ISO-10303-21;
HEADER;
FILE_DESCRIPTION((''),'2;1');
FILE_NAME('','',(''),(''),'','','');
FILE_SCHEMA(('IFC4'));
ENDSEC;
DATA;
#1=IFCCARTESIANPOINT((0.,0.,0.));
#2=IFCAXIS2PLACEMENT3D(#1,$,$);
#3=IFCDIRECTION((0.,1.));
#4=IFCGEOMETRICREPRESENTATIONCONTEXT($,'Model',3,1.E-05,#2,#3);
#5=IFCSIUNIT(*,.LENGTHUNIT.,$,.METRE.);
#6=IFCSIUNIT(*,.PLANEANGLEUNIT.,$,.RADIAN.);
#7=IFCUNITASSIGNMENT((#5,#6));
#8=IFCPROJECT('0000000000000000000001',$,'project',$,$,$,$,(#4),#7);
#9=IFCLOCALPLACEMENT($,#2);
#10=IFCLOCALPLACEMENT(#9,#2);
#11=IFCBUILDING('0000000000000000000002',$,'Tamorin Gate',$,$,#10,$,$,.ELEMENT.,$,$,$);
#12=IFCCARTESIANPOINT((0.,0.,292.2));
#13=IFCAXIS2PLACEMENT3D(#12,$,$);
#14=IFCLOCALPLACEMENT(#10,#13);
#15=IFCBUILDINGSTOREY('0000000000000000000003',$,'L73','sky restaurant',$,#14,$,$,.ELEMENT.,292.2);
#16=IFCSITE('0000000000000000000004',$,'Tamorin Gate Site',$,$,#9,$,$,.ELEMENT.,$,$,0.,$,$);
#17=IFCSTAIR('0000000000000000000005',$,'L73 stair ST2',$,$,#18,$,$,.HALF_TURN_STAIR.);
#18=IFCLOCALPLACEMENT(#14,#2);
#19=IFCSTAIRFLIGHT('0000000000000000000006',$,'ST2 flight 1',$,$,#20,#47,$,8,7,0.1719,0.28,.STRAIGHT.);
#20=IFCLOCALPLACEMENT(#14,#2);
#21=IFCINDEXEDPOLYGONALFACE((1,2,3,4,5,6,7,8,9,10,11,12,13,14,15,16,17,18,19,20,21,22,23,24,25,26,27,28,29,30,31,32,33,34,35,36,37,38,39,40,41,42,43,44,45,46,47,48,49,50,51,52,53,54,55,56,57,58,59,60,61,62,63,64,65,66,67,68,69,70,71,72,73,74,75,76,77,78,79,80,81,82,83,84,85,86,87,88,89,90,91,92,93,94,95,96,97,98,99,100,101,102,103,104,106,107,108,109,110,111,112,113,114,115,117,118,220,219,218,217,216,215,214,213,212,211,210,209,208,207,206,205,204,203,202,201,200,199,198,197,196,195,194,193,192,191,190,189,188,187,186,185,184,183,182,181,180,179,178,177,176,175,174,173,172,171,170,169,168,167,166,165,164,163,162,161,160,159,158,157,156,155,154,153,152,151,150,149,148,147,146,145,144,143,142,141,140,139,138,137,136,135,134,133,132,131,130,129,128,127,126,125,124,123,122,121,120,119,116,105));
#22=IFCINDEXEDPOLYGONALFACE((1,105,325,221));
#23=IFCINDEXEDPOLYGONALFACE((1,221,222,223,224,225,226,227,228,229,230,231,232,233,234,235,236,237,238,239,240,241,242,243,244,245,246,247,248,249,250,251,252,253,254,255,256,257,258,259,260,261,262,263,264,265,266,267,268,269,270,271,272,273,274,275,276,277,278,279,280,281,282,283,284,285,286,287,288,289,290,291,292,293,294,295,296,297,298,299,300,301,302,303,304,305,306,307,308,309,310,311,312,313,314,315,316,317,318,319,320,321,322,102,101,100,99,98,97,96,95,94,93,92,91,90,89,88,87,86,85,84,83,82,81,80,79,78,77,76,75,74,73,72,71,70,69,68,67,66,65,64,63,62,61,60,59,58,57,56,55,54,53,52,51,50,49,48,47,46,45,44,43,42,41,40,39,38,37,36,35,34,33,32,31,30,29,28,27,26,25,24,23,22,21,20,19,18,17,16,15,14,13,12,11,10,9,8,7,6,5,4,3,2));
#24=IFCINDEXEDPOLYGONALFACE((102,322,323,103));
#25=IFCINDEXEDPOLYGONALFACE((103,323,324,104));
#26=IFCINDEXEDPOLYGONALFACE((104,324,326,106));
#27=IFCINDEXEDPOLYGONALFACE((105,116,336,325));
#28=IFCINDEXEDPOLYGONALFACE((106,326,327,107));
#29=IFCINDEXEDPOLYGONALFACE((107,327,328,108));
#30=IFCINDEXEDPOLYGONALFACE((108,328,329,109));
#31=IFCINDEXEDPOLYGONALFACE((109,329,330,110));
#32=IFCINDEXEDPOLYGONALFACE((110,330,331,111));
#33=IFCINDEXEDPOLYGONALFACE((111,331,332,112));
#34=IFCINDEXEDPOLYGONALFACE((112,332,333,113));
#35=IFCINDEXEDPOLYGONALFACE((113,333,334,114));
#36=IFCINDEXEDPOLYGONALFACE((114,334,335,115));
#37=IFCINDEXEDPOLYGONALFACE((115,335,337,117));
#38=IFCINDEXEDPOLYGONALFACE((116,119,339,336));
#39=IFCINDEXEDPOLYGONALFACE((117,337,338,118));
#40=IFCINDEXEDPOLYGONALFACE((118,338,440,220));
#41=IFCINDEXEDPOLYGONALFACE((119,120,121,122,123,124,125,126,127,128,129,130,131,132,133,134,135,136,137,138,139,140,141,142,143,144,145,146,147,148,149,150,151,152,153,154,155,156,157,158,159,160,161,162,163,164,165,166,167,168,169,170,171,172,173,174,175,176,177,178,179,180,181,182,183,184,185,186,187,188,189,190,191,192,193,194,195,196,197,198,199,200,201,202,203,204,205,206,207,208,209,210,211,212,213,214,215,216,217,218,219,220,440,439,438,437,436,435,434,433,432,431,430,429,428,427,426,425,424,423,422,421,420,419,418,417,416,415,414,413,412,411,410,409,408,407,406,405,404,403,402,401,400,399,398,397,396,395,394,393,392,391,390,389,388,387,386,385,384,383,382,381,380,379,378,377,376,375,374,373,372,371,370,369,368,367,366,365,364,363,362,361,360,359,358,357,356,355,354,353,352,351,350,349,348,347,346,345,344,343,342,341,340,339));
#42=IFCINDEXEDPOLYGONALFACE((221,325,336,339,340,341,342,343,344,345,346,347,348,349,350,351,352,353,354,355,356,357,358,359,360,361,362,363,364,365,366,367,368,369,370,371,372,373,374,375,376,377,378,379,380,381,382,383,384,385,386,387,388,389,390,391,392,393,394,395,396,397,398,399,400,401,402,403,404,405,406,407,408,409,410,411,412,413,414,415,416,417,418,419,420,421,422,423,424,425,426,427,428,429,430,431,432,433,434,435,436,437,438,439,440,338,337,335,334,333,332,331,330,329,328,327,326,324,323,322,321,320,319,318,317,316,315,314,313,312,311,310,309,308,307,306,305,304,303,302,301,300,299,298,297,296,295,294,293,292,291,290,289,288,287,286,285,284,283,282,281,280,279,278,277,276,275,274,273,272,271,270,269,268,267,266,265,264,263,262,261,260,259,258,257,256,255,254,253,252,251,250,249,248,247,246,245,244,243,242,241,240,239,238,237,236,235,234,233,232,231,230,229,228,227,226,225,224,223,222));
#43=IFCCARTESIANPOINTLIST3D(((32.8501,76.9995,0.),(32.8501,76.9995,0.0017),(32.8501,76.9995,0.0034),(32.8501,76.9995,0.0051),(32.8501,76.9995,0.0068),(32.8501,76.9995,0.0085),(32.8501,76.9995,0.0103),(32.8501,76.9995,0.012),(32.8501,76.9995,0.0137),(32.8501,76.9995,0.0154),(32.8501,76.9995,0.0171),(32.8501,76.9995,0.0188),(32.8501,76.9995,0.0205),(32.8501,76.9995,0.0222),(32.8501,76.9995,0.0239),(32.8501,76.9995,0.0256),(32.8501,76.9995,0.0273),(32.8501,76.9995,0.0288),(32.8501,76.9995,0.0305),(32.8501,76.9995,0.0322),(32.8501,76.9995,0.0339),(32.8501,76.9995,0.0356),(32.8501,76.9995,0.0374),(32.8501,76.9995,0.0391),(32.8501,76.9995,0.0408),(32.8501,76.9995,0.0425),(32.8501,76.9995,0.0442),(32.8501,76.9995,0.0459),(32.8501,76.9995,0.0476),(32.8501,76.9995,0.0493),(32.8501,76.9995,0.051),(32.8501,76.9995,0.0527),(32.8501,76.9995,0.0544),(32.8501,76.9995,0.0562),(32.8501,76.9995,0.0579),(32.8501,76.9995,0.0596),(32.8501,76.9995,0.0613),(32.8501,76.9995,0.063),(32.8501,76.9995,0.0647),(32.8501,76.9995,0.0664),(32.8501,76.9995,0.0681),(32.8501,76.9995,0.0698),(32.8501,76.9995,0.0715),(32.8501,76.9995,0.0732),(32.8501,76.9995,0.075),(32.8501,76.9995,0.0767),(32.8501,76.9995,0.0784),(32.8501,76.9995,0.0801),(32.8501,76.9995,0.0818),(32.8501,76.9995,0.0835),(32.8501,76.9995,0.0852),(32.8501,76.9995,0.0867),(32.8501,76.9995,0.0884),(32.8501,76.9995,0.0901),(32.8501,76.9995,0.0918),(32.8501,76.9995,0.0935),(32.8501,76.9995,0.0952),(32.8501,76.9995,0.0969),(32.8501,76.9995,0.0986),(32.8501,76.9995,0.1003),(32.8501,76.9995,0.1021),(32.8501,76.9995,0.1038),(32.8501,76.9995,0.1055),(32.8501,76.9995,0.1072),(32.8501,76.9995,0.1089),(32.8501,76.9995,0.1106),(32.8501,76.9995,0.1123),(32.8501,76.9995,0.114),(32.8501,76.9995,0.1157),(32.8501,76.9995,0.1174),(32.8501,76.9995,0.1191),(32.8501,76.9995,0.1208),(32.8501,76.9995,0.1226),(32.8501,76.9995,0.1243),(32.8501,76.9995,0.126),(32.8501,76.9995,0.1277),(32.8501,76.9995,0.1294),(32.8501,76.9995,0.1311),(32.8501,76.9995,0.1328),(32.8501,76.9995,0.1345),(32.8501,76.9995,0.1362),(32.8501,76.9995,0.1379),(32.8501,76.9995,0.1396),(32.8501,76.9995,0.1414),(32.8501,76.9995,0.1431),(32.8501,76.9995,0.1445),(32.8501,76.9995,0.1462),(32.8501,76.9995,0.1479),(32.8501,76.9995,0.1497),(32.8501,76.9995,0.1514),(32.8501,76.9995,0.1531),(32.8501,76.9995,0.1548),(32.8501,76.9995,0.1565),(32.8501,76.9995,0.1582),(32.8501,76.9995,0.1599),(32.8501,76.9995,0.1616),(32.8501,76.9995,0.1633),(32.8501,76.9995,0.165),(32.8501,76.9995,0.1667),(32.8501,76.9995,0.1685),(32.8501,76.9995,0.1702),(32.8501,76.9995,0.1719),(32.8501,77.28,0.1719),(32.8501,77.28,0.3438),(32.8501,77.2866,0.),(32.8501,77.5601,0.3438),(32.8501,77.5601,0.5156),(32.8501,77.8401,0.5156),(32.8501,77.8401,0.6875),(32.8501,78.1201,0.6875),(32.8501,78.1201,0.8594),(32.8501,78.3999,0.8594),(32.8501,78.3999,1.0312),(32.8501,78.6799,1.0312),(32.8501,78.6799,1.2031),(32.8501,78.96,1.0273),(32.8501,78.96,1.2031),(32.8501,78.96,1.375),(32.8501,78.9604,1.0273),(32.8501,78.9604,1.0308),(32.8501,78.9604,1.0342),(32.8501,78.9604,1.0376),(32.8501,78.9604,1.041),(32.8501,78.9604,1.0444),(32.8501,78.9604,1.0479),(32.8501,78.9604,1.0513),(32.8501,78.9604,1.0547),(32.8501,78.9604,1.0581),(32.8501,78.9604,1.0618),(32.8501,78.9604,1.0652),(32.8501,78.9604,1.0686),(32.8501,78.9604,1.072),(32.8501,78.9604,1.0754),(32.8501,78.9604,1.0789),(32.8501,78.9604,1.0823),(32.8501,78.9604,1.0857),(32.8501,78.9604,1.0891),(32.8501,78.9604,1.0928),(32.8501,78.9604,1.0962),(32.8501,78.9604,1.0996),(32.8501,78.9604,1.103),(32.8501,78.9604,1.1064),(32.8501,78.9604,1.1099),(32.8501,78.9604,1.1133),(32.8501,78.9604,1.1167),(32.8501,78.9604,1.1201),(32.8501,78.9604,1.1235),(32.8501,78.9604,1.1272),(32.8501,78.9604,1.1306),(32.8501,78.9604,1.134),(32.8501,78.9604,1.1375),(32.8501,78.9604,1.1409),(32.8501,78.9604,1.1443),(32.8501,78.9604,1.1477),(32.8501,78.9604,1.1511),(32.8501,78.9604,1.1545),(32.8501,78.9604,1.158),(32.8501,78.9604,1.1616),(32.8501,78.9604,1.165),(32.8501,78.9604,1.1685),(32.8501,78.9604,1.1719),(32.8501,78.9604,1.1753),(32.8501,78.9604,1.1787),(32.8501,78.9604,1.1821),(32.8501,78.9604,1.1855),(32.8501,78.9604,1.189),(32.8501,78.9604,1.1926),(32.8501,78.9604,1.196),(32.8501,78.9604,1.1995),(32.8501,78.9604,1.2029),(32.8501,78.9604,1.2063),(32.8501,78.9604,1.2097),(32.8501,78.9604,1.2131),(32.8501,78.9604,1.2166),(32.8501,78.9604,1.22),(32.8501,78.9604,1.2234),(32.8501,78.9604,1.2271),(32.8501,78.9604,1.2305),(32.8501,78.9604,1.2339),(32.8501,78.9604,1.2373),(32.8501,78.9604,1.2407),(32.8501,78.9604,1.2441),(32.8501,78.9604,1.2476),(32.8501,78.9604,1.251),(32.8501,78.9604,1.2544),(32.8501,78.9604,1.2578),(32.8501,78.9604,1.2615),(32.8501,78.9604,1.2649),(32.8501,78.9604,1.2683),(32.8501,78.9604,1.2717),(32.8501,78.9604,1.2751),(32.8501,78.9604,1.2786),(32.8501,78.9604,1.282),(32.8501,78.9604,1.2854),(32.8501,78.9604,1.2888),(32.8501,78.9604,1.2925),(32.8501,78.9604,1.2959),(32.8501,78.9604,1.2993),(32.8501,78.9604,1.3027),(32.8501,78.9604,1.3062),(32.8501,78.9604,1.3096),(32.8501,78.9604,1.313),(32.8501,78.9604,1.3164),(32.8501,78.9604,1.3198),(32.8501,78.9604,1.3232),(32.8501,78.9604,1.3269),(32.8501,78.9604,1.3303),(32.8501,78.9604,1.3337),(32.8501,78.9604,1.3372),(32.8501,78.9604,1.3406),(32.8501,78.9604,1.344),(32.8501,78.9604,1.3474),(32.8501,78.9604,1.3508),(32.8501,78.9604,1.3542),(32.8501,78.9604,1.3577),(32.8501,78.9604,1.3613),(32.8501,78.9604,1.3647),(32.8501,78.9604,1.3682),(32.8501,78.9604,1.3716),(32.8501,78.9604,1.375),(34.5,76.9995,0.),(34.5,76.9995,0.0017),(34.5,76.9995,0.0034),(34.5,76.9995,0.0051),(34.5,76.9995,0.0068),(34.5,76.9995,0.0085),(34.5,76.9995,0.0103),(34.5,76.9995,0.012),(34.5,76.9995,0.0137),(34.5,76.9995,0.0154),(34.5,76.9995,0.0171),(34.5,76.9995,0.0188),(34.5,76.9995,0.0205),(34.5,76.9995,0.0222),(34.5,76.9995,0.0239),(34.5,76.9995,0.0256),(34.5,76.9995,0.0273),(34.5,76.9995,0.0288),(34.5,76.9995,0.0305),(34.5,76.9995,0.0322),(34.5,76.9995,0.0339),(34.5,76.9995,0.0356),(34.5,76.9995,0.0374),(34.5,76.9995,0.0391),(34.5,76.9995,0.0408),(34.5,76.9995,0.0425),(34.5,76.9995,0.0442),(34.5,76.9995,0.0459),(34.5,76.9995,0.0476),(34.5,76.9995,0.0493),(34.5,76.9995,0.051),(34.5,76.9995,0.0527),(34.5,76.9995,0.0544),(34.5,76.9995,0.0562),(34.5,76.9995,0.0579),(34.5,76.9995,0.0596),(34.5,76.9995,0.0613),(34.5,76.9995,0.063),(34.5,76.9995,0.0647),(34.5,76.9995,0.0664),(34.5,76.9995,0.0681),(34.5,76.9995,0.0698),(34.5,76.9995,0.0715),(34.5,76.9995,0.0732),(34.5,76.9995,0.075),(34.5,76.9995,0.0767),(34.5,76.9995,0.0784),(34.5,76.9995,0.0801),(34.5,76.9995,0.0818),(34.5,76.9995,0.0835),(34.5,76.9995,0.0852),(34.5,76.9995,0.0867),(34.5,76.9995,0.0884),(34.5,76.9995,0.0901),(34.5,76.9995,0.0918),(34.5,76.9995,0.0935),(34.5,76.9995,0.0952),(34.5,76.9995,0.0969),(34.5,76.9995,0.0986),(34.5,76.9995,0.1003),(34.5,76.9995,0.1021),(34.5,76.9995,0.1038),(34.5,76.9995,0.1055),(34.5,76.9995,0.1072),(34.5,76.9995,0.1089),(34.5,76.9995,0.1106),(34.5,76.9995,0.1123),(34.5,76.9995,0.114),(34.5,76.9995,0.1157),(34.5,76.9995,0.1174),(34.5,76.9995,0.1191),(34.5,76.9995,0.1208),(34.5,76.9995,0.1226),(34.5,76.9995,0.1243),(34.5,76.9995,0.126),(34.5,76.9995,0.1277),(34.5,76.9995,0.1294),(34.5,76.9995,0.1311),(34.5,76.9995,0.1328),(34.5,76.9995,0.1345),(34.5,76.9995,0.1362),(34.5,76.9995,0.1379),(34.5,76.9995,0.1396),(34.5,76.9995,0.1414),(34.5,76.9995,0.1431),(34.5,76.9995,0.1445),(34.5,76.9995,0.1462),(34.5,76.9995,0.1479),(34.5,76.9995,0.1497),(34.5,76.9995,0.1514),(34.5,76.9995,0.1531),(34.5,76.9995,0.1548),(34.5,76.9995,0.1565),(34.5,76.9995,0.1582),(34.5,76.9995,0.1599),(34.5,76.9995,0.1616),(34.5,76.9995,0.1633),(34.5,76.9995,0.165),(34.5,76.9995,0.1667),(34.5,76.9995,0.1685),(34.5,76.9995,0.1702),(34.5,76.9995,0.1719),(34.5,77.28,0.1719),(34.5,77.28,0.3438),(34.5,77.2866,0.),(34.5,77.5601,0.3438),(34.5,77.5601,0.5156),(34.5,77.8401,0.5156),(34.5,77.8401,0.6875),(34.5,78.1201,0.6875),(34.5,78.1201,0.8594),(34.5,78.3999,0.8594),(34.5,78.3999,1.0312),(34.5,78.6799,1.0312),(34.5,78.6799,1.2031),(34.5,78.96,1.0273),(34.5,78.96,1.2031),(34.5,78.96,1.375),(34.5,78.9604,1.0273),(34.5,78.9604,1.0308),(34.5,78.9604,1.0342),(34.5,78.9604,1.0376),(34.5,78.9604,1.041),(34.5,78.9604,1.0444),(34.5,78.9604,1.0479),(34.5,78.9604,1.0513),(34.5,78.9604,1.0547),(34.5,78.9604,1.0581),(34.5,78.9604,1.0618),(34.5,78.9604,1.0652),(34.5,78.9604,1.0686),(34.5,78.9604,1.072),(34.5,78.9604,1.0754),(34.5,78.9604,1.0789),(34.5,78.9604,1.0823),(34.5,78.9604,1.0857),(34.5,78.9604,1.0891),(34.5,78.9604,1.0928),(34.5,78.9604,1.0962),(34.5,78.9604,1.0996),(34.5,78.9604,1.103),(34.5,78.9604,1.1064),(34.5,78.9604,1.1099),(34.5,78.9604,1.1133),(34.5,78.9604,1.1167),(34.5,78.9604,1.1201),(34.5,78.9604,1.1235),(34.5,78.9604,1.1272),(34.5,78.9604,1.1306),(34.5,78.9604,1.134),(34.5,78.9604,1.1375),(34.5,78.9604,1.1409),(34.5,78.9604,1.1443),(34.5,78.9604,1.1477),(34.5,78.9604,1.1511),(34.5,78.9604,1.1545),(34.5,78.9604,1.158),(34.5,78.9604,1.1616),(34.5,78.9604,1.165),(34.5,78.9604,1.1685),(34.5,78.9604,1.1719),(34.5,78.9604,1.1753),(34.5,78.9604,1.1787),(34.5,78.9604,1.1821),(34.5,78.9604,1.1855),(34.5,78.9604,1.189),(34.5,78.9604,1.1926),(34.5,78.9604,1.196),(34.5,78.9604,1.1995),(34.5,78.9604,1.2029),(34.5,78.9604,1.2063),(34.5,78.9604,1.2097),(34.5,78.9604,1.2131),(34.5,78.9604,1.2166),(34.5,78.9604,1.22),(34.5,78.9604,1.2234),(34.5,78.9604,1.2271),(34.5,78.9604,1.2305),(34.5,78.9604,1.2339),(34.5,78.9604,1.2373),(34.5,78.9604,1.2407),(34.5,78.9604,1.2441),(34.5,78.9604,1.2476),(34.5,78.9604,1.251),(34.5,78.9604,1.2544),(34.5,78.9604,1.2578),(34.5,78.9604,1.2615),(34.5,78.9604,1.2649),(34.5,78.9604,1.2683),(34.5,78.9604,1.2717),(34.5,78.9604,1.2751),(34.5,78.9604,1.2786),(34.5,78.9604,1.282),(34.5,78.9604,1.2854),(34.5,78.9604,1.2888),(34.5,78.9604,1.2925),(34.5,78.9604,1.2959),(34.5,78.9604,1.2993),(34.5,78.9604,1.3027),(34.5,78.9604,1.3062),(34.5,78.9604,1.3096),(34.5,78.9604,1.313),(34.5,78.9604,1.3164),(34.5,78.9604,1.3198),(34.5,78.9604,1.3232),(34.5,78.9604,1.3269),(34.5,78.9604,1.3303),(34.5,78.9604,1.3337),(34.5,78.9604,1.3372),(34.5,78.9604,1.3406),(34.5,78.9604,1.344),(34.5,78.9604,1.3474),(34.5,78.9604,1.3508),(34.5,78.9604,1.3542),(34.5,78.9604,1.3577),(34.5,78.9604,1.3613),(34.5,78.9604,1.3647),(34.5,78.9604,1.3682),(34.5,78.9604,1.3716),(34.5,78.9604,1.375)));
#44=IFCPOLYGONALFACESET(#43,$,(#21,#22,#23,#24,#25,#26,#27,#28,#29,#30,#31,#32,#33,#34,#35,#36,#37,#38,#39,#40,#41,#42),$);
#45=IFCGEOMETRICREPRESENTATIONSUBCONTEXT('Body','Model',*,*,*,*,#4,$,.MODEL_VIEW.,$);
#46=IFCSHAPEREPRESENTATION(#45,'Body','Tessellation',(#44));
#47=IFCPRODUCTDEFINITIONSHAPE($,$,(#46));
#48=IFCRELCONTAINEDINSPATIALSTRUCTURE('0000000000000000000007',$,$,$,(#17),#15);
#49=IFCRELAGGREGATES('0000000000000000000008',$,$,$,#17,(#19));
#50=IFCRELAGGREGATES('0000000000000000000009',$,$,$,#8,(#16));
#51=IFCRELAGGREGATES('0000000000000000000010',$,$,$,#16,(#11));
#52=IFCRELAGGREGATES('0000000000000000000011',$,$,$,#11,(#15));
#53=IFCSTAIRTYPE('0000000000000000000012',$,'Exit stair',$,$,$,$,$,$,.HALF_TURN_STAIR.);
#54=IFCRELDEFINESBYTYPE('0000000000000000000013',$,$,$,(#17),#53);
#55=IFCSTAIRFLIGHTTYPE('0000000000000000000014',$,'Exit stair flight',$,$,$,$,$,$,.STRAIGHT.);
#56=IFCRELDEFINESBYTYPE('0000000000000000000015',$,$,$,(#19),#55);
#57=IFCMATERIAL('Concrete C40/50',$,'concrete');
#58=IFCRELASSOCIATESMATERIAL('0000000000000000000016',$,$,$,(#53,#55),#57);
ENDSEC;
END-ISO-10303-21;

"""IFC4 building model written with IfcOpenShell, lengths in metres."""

from ifc_helpers import new_model, si_unit, direction, frame, origin, place, context, subcontext, project, spatial, polyline, outline, extrude, material, type_object, element, aggregate, save


model = new_model("IFC4")

# Units and contexts
model_context = context("Model", 3, precision=1e-05, world=origin(), true_north=direction((0.0, 1.0)))
body_context = subcontext(model_context, "Body", "Model", "MODEL_VIEW")
ifc_project = project(units=[si_unit("LENGTHUNIT", "METRE"), si_unit("PLANEANGLEUNIT", "RADIAN")], contexts=[model_context])

# Site, building, storey
site_placement = place(None, origin())
site = spatial("IfcSite", under=ifc_project, at=site_placement, Name="Tamorin Gate Site", CompositionType="ELEMENT", RefElevation=0.0)
building_placement = place(site_placement, origin())
building = spatial("IfcBuilding", under=site, at=building_placement, Name="Tamorin Gate", CompositionType="ELEMENT")
storey_placement = place(building_placement, frame((0.0, 0.0, 292.2)))
storey = spatial("IfcBuildingStorey", under=building, at=storey_placement, Name="L73", Description="sky restaurant", CompositionType="ELEMENT", Elevation=292.2)

# Shared definitions
ifc_material_1 = material(Name="Concrete C40/50", Category="concrete")

# Stair, stair flight
stair_type = type_object("IfcStairType", Name="Exit stair", PredefinedType="HALF_TURN_STAIR", material=ifc_material_1)
stair_placement = place(storey_placement, origin())
stair = element("IfcStair", 1, at=stair_placement, inside=storey, type_object=stair_type, Name="L73 stair ST2", PredefinedType="HALF_TURN_STAIR")
stair_flight_type = type_object("IfcStairFlightType", Name="Exit stair flight", PredefinedType="STRAIGHT", material=ifc_material_1)
stair_flight_1_placement = place(storey_placement, frame((33.675, 77.0, 0.0), z_axis=(0.0, 0.0, 1.0), x_axis=(0.0, 1.0, 0.0)))
stair_flight_1 = element("IfcStairFlight", 2, at=stair_flight_1_placement, type_object=stair_flight_type, Name="ST2 flight 1", NumberOfRisers=8, NumberOfTreads=7, PredefinedType="STRAIGHT", RiserHeight=0.1719, TreadLength=0.28, context=body_context, shape_type="SweptSolid", body=[
    extrude(outline(polyline([(-0.0005, 0.0), (-0.0005, 0.0017), (-0.0005, 0.0034), (-0.0005, 0.0051), (-0.0005, 0.0068), (-0.0005, 0.0085), (-0.0005, 0.0103), (-0.0005, 0.012), (-0.0005, 0.0137), (-0.0005, 0.0154), (-0.0005, 0.0171), (-0.0005, 0.0188), (-0.0005, 0.0205), (-0.0005, 0.0222), (-0.0005, 0.0239), (-0.0005, 0.0256), (-0.0005, 0.0273), (-0.0005, 0.0288), (-0.0005, 0.0305), (-0.0005, 0.0322), (-0.0005, 0.0339), (-0.0005, 0.0356), (-0.0005, 0.0374), (-0.0005, 0.0391), (-0.0005, 0.0408), (-0.0005, 0.0425), (-0.0005, 0.0442), (-0.0005, 0.0459), (-0.0005, 0.0476), (-0.0005, 0.0493), (-0.0005, 0.051), (-0.0005, 0.0527), (-0.0005, 0.0544), (-0.0005, 0.0562), (-0.0005, 0.0579), (-0.0005, 0.0596), (-0.0005, 0.0613), (-0.0005, 0.063), (-0.0005, 0.0647), (-0.0005, 0.0664), (-0.0005, 0.0681), (-0.0005, 0.0698), (-0.0005, 0.0715), (-0.0005, 0.0732), (-0.0005, 0.075), (-0.0005, 0.0767), (-0.0005, 0.0784), (-0.0005, 0.0801), (-0.0005, 0.0818), (-0.0005, 0.0835), (-0.0005, 0.0852), (-0.0005, 0.0867), (-0.0005, 0.0884), (-0.0005, 0.0901), (-0.0005, 0.0918), (-0.0005, 0.0935), (-0.0005, 0.0952), (-0.0005, 0.0969), (-0.0005, 0.0986), (-0.0005, 0.1003), (-0.0005, 0.1021), (-0.0005, 0.1038), (-0.0005, 0.1055), (-0.0005, 0.1072), (-0.0005, 0.1089), (-0.0005, 0.1106), (-0.0005, 0.1123), (-0.0005, 0.114), (-0.0005, 0.1157), (-0.0005, 0.1174), (-0.0005, 0.1191), (-0.0005, 0.1208), (-0.0005, 0.1226), (-0.0005, 0.1243), (-0.0005, 0.126), (-0.0005, 0.1277), (-0.0005, 0.1294), (-0.0005, 0.1311), (-0.0005, 0.1328), (-0.0005, 0.1345), (-0.0005, 0.1362), (-0.0005, 0.1379), (-0.0005, 0.1396), (-0.0005, 0.1414), (-0.0005, 0.1431), (-0.0005, 0.1445), (-0.0005, 0.1462), (-0.0005, 0.1479), (-0.0005, 0.1497), (-0.0005, 0.1514), (-0.0005, 0.1531), (-0.0005, 0.1548), (-0.0005, 0.1565), (-0.0005, 0.1582), (-0.0005, 0.1599), (-0.0005, 0.1616), (-0.0005, 0.1633), (-0.0005, 0.165), (-0.0005, 0.1667), (-0.0005, 0.1685), (-0.0005, 0.1702), (-0.0005, 0.1719), (0.28, 0.1719), (0.28, 0.3438), (0.5601, 0.3438), (0.5601, 0.5156), (0.8401, 0.5156), (0.8401, 0.6875), (1.1201, 0.6875), (1.1201, 0.8594), (1.3999, 0.8594), (1.3999, 1.0312), (1.6799, 1.0312), (1.6799, 1.2031), (1.96, 1.2031), (1.96, 1.375), (1.9604, 1.375), (1.9604, 1.3716), (1.9604, 1.3682), (1.9604, 1.3647), (1.9604, 1.3613), (1.9604, 1.3577), (1.9604, 1.3542), (1.9604, 1.3508), (1.9604, 1.3474), (1.9604, 1.344), (1.9604, 1.3406), (1.9604, 1.3372), (1.9604, 1.3337), (1.9604, 1.3303), (1.9604, 1.3269), (1.9604, 1.3232), (1.9604, 1.3198), (1.9604, 1.3164), (1.9604, 1.313), (1.9604, 1.3096), (1.9604, 1.3062), (1.9604, 1.3027), (1.9604, 1.2993), (1.9604, 1.2959), (1.9604, 1.2925), (1.9604, 1.2888), (1.9604, 1.2854), (1.9604, 1.282), (1.9604, 1.2786), (1.9604, 1.2751), (1.9604, 1.2717), (1.9604, 1.2683), (1.9604, 1.2649), (1.9604, 1.2615), (1.9604, 1.2578), (1.9604, 1.2544), (1.9604, 1.251), (1.9604, 1.2476), (1.9604, 1.2441), (1.9604, 1.2407), (1.9604, 1.2373), (1.9604, 1.2339), (1.9604, 1.2305), (1.9604, 1.2271), (1.9604, 1.2234), (1.9604, 1.22), (1.9604, 1.2166), (1.9604, 1.2131), (1.9604, 1.2097), (1.9604, 1.2063), (1.9604, 1.2029), (1.9604, 1.1995), (1.9604, 1.196), (1.9604, 1.1926), (1.9604, 1.189), (1.9604, 1.1855), (1.9604, 1.1821), (1.9604, 1.1787), (1.9604, 1.1753), (1.9604, 1.1719), (1.9604, 1.1685), (1.9604, 1.165), (1.9604, 1.1616), (1.9604, 1.158), (1.9604, 1.1545), (1.9604, 1.1511), (1.9604, 1.1477), (1.9604, 1.1443), (1.9604, 1.1409), (1.9604, 1.1375), (1.9604, 1.134), (1.9604, 1.1306), (1.9604, 1.1272), (1.9604, 1.1235), (1.9604, 1.1201), (1.9604, 1.1167), (1.9604, 1.1133), (1.9604, 1.1099), (1.9604, 1.1064), (1.9604, 1.103), (1.9604, 1.0996), (1.9604, 1.0962), (1.9604, 1.0928), (1.9604, 1.0891), (1.9604, 1.0857), (1.9604, 1.0823), (1.9604, 1.0789), (1.9604, 1.0754), (1.9604, 1.072), (1.9604, 1.0686), (1.9604, 1.0652), (1.9604, 1.0618), (1.9604, 1.0581), (1.9604, 1.0547), (1.9604, 1.0513), (1.9604, 1.0479), (1.9604, 1.0444), (1.9604, 1.041), (1.9604, 1.0376), (1.9604, 1.0342), (1.9604, 1.0308), (1.9604, 1.0273), (1.96, 1.0273), (0.2866, 0.0), (-0.0005, 0.0)])), frame((0.0, 0.825, 0.0), z_axis=(0.0, -1.0, 0.0), x_axis=(1.0, 0.0, 0.0)), (0.0, 0.0, 1.0), 1.6499),
])
aggregate(stair, [stair_flight_1])

save(model, "model.ifc")
